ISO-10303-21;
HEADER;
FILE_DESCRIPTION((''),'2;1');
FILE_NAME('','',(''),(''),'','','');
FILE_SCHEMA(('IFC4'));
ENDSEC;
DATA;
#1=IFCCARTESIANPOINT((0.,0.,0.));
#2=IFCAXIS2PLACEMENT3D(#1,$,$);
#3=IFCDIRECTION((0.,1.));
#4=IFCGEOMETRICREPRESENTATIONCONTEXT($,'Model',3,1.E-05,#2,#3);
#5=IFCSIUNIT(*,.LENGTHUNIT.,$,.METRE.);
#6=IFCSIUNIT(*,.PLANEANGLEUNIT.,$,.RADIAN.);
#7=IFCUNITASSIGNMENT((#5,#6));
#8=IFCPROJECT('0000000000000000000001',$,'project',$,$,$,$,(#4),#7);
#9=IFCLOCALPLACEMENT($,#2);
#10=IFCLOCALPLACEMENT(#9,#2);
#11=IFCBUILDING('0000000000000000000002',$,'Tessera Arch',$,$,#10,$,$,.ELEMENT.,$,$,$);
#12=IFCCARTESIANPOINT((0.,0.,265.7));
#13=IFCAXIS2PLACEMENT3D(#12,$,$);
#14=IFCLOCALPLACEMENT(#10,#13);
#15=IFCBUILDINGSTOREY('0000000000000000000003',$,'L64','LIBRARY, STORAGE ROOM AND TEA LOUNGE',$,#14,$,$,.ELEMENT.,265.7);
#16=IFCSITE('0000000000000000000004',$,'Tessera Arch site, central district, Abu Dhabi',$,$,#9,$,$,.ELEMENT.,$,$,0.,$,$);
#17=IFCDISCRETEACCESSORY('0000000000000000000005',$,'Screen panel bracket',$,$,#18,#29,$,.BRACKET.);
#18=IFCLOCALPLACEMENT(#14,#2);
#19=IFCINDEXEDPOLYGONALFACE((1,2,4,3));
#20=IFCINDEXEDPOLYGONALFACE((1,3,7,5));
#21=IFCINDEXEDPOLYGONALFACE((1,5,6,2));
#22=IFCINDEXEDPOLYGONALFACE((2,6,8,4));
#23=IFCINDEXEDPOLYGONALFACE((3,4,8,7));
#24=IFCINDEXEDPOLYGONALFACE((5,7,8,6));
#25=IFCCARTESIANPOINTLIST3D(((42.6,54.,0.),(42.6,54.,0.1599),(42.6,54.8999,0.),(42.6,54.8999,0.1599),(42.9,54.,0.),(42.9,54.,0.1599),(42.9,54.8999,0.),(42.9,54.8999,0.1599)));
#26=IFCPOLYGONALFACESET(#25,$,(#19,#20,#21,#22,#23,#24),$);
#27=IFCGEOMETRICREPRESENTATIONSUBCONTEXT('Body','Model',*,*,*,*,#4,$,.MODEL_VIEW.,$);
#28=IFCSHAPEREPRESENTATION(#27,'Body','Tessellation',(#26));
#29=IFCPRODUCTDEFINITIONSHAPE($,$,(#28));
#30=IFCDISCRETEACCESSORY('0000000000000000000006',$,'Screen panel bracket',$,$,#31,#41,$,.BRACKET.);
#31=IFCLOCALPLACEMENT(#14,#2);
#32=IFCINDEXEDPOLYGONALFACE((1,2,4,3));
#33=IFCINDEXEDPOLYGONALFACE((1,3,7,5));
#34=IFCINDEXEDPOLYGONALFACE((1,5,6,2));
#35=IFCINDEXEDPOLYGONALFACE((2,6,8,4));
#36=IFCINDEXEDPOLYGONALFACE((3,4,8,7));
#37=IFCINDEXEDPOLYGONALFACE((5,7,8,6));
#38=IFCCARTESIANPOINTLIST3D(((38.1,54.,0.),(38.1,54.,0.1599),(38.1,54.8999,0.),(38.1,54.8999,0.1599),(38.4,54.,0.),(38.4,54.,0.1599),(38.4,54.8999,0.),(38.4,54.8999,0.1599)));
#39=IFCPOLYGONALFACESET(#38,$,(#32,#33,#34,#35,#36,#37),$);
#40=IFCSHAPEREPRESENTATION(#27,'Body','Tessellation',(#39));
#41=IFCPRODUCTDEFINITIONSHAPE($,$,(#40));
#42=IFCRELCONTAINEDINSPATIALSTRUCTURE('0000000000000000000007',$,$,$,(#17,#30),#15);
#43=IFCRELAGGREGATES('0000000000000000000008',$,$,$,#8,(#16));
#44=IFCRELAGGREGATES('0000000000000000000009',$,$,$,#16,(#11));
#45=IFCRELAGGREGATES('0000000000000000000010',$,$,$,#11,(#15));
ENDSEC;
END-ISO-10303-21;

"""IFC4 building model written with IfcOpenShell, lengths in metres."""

from ifc_helpers import new_model, si_unit, direction, frame, origin, origin_2d, place, context, subcontext, project, spatial, rectangle, extrude, element, save


model = new_model("IFC4")

# Units and contexts
model_context = context("Model", 3, precision=1e-05, world=origin(), true_north=direction((0.0, 1.0)))
body_context = subcontext(model_context, "Body", "Model", "MODEL_VIEW")
ifc_project = project(units=[si_unit("LENGTHUNIT", "METRE"), si_unit("PLANEANGLEUNIT", "RADIAN")], contexts=[model_context])

# Site, building, storey
site_placement = place(None, origin())
site = spatial("IfcSite", under=ifc_project, at=site_placement, Name="Tessera Arch site, central district, Abu Dhabi", CompositionType="ELEMENT", RefElevation=0.0)
building_placement = place(site_placement, origin())
building = spatial("IfcBuilding", under=site, at=building_placement, Name="Tessera Arch", CompositionType="ELEMENT")
storey_placement = place(building_placement, frame((0.0, 0.0, 265.7)))
storey = spatial("IfcBuildingStorey", under=building, at=storey_placement, Name="L64", Description="LIBRARY, STORAGE ROOM AND TEA LOUNGE", CompositionType="ELEMENT", Elevation=265.7)

# Discrete accessories
for number, where, z_axis, x_axis, name in (
    (1, (42.75, 54.45, 0.0), (0.0, 0.0, 1.0), (0.0, 1.0, 0.0), "Screen panel bracket"),
    (2, (38.25, 54.45, 0.0), (0.0, 0.0, 1.0), (0.0, 1.0, 0.0), "Screen panel bracket"),
):
    element("IfcDiscreteAccessory", number, at=place(storey_placement, frame(where, z_axis=z_axis, x_axis=x_axis)), inside=storey, Name=name, PredefinedType="BRACKET", context=body_context, shape_type="SweptSolid", body=[
        extrude(rectangle(XDim=0.8999, YDim=0.3, at=origin_2d()), origin(), (0.0, 0.0, 1.0), 0.1599),
    ])

save(model, "model.ifc")
